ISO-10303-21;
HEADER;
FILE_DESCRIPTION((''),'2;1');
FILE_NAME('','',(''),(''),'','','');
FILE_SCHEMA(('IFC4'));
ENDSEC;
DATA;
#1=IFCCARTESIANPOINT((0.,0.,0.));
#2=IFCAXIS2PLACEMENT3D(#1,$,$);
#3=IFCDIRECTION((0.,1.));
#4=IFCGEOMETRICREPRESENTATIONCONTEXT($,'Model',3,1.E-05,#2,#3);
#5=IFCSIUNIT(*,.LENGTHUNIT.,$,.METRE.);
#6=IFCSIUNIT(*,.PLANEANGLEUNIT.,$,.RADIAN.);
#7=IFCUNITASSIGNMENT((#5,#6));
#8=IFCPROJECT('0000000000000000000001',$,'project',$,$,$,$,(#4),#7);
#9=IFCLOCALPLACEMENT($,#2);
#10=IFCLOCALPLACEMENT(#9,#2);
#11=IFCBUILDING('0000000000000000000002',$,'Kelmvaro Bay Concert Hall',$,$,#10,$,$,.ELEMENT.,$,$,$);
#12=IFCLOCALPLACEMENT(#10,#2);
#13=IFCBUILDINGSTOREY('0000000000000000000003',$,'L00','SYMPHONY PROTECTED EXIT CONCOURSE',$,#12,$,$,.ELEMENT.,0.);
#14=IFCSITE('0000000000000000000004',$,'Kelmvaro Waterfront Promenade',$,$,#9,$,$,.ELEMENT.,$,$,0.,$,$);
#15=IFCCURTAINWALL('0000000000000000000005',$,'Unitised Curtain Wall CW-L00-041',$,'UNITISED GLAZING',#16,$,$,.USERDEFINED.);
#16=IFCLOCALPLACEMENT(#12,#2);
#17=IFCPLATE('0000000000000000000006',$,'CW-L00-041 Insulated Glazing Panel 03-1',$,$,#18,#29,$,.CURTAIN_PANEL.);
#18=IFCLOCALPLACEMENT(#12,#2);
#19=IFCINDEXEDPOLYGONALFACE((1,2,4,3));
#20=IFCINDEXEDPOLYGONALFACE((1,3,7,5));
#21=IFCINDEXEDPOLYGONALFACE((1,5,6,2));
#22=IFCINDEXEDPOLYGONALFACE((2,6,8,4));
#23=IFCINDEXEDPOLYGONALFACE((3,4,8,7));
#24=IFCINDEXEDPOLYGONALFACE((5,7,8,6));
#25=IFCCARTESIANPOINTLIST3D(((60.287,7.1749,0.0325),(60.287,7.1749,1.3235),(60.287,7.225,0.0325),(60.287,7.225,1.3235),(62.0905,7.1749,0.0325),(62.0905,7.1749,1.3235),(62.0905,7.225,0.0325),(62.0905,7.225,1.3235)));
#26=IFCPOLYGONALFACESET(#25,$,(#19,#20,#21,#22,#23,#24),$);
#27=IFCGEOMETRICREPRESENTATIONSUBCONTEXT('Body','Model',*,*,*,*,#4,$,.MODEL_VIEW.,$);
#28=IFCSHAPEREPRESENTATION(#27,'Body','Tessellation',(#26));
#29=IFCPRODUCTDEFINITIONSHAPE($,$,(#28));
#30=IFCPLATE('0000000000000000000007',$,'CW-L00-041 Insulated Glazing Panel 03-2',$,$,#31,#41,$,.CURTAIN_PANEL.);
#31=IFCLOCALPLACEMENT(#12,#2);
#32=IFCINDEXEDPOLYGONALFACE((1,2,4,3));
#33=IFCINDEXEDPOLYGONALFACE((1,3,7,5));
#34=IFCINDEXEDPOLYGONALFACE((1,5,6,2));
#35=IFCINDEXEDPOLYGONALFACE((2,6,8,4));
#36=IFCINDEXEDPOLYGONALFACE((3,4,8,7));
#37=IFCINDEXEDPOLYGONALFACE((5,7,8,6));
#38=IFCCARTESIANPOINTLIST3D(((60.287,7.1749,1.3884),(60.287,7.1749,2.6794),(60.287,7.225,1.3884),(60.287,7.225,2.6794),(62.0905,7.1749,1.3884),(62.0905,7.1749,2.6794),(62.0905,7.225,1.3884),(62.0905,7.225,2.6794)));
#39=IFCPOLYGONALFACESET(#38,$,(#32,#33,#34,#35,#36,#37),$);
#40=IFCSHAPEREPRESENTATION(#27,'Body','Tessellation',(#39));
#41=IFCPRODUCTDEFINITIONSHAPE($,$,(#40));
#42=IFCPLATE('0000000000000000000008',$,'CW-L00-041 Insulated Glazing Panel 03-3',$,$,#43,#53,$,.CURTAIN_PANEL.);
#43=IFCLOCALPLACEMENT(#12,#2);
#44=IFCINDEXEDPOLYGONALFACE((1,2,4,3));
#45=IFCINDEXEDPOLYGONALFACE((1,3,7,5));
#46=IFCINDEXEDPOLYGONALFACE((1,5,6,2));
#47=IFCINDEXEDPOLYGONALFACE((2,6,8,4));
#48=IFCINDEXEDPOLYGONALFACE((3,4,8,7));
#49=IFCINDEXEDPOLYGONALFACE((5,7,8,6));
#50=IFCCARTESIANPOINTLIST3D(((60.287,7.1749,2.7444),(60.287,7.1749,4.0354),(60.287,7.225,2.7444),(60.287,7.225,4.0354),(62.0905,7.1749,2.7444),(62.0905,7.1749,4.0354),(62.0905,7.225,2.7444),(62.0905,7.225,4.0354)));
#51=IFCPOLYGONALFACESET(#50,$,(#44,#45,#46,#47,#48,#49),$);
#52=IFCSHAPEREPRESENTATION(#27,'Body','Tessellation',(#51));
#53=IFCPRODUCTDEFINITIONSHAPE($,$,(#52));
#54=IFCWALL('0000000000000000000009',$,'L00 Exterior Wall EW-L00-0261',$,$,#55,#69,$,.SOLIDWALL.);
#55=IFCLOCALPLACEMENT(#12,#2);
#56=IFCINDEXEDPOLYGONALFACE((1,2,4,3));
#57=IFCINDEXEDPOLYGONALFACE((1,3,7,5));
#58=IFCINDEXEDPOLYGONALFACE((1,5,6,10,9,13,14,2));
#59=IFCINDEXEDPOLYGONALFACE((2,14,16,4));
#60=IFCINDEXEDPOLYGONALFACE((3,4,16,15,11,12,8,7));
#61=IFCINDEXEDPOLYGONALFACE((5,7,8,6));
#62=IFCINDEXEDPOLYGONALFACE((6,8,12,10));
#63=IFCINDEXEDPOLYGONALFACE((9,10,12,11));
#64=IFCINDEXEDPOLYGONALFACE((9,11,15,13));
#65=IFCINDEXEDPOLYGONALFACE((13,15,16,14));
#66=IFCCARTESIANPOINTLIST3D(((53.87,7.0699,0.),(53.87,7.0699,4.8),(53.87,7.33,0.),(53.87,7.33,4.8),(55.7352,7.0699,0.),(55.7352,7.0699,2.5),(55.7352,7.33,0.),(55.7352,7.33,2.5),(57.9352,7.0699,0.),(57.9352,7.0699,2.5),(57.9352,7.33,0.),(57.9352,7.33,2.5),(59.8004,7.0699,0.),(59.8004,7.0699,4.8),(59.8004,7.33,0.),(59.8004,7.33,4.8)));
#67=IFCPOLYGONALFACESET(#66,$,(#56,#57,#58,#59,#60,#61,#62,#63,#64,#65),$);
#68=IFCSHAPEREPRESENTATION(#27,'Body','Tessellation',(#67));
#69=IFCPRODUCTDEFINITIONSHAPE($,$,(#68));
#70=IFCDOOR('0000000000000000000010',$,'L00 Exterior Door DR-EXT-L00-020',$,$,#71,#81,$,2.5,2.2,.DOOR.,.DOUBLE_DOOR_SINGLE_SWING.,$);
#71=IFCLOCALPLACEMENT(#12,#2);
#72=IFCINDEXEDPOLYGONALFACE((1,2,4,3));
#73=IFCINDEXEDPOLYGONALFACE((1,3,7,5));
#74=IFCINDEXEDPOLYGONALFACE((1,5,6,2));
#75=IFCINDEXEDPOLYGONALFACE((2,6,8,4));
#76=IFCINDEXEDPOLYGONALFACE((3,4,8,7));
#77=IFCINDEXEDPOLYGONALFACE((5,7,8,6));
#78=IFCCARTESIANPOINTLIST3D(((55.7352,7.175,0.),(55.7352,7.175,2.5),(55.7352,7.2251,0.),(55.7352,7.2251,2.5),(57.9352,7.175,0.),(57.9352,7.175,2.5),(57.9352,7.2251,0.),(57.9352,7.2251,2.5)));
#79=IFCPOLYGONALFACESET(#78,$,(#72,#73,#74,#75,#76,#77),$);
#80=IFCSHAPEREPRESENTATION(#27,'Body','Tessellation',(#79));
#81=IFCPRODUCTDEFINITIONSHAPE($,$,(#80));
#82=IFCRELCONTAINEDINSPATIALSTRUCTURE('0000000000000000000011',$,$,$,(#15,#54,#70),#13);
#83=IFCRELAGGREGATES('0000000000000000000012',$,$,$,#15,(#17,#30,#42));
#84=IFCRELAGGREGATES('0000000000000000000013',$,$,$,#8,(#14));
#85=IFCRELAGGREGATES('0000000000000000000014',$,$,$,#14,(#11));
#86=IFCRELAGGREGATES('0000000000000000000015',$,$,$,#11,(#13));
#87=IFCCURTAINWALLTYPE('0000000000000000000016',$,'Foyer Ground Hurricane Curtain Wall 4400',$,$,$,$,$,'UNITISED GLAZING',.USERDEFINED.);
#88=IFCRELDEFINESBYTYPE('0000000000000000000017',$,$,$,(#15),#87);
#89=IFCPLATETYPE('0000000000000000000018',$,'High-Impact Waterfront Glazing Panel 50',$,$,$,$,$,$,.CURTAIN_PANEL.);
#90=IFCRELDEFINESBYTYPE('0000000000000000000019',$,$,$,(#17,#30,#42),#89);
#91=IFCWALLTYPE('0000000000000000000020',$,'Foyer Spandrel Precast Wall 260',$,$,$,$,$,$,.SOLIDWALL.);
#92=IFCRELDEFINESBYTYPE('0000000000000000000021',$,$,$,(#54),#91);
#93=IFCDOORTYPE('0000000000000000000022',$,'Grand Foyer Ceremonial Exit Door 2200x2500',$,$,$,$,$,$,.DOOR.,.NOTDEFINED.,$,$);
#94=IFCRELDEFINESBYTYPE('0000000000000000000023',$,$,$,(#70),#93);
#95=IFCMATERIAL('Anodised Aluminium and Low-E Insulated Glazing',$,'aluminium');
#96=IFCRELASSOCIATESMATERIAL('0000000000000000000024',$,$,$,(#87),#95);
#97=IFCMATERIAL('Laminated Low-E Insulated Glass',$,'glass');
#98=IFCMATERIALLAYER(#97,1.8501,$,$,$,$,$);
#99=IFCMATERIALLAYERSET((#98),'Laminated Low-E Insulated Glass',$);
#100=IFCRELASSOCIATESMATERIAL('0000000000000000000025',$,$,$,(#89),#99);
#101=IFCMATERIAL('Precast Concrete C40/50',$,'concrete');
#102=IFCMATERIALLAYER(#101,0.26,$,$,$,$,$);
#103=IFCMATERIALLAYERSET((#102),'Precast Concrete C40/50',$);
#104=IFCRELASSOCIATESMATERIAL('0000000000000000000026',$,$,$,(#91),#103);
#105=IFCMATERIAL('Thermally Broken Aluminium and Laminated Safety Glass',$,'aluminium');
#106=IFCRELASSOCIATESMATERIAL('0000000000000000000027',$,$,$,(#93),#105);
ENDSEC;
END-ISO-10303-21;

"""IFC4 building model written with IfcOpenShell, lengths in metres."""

from ifc_helpers import new_model, si_unit, direction, frame, frame_2d, origin, origin_2d, place, context, subcontext, project, spatial, rectangle, extrude, material, layer, layer_set, type_object, element, fill, aggregate, save


model = new_model("IFC4")

# Units and contexts
model_context = context("Model", 3, precision=1e-05, world=origin(), true_north=direction((0.0, 1.0)))
body_context = subcontext(model_context, "Body", "Model", "MODEL_VIEW")
ifc_project = project(units=[si_unit("LENGTHUNIT", "METRE"), si_unit("PLANEANGLEUNIT", "RADIAN")], contexts=[model_context])

# Site, building, storey
site_placement = place(None, origin())
site = spatial("IfcSite", under=ifc_project, at=site_placement, Name="Kelmvaro Waterfront Promenade", CompositionType="ELEMENT", RefElevation=0.0)
building_placement = place(site_placement, origin())
building = spatial("IfcBuilding", under=site, at=building_placement, Name="Kelmvaro Bay Concert Hall", CompositionType="ELEMENT")
storey_placement = place(building_placement, origin())
storey = spatial("IfcBuildingStorey", under=building, at=storey_placement, Name="L00", Description="SYMPHONY PROTECTED EXIT CONCOURSE", CompositionType="ELEMENT", Elevation=0.0)

# Shared definitions
ifc_material_1 = material(Name="Anodised Aluminium and Low-E Insulated Glazing", Category="aluminium")
curtain_wall_type = type_object("IfcCurtainWallType", Name="Foyer Ground Hurricane Curtain Wall 4400", ElementType="UNITISED GLAZING", PredefinedType="USERDEFINED", material=ifc_material_1)

# Curtain wall
curtain_wall_1_placement = place(storey_placement, origin())
curtain_wall_1 = element("IfcCurtainWall", 1, at=curtain_wall_1_placement, inside=storey, type_object=curtain_wall_type, Name="Unitised Curtain Wall CW-L00-041", ObjectType="UNITISED GLAZING", PredefinedType="USERDEFINED")

# Plates
ifc_material_2 = material(Name="Laminated Low-E Insulated Glass", Category="glass")
ifc_layer_1 = layer(ifc_material_2, 1.8501)
ifc_layer_set_1 = layer_set([ifc_layer_1], Name="Laminated Low-E Insulated Glass")
plate_type = type_object("IfcPlateType", Name="High-Impact Waterfront Glazing Panel 50", PredefinedType="CURTAIN_PANEL", material=ifc_layer_set_1)
plate_1_placement = place(storey_placement, frame((61.1887, 7.2, 0.0325), z_axis=(0.0, 0.0, 1.0), x_axis=(-1.0, 0.0, 0.0)))
plate_1 = element("IfcPlate", 2, at=plate_1_placement, type_object=plate_type, Name="CW-L00-041 Insulated Glazing Panel 03-1", PredefinedType="CURTAIN_PANEL", context=body_context, shape_type="SweptSolid", body=[
    extrude(rectangle(XDim=1.8035, YDim=0.05, at=origin_2d()), origin(), (0.0, 0.0, 1.0), 1.291),
])
plate_2_placement = place(storey_placement, frame((61.1887, 7.2, 1.3884), z_axis=(0.0, 0.0, 1.0), x_axis=(-1.0, 0.0, 0.0)))
plate_2 = element("IfcPlate", 3, at=plate_2_placement, type_object=plate_type, Name="CW-L00-041 Insulated Glazing Panel 03-2", PredefinedType="CURTAIN_PANEL", context=body_context, shape_type="SweptSolid", body=[
    extrude(rectangle(XDim=1.8035, YDim=0.05, at=origin_2d()), origin(), (0.0, 0.0, 1.0), 1.291),
])
plate_3_placement = place(storey_placement, frame((61.1887, 7.2, 2.7444), z_axis=(0.0, 0.0, 1.0), x_axis=(-1.0, 0.0, 0.0)))
plate_3 = element("IfcPlate", 4, at=plate_3_placement, type_object=plate_type, Name="CW-L00-041 Insulated Glazing Panel 03-3", PredefinedType="CURTAIN_PANEL", context=body_context, shape_type="SweptSolid", body=[
    extrude(rectangle(XDim=1.8035, YDim=0.05, at=origin_2d()), origin(), (0.0, 0.0, 1.0), 1.291),
])
aggregate(curtain_wall_1, [plate_1, plate_2, plate_3])

# Wall, opening, door
ifc_material_3 = material(Name="Precast Concrete C40/50", Category="concrete")
ifc_layer_2 = layer(ifc_material_3, 0.26)
ifc_layer_set_2 = layer_set([ifc_layer_2], Name="Precast Concrete C40/50")
wall_type = type_object("IfcWallType", Name="Foyer Spandrel Precast Wall 260", PredefinedType="SOLIDWALL", material=ifc_layer_set_2)
wall_placement = place(storey_placement, frame((59.8005, 7.2, 0.0), z_axis=(0.0, 0.0, 1.0), x_axis=(-1.0, 0.0, 0.0)))
wall = element("IfcWall", 5, at=wall_placement, inside=storey, type_object=wall_type, Name="L00 Exterior Wall EW-L00-0261", PredefinedType="SOLIDWALL", context=body_context, shape_type="SweptSolid", body=[
    extrude(rectangle(XDim=5.9304, YDim=0.26, at=frame_2d((2.9653, 0.0))), origin(), (0.0, 0.0, 1.0), 4.8),
])
opening_placement = place(wall_placement, frame((1.8652, 0.0, 0.0)))
opening = element("IfcOpeningElement", 6, at=opening_placement, cuts=wall, PredefinedType="OPENING", context=body_context, shape_type="SweptSolid", body=[
    extrude(rectangle(XDim=2.2, YDim=2.5, at=frame_2d((1.1001, 1.25))), frame((0.0, 0.1399, 0.0), z_axis=(0.0, -1.0, 0.0), x_axis=(1.0, 0.0, 0.0)), (0.0, 0.0, 1.0), 0.28),
])
ifc_material_4 = material(Name="Thermally Broken Aluminium and Laminated Safety Glass", Category="aluminium")
door_type = type_object("IfcDoorType", Name="Grand Foyer Ceremonial Exit Door 2200x2500", OperationType="NOTDEFINED", PredefinedType="DOOR", material=ifc_material_4)
door_placement = place(opening_placement, origin())
door = element("IfcDoor", 7, at=door_placement, inside=storey, type_object=door_type, Name="L00 Exterior Door DR-EXT-L00-020", OperationType="DOUBLE_DOOR_SINGLE_SWING", OverallHeight=2.5, OverallWidth=2.2, PredefinedType="DOOR", context=body_context, shape_type="SweptSolid", body=[
    extrude(rectangle(XDim=2.2, YDim=2.5, at=frame_2d((1.1001, 1.25))), frame((0.0, 0.0249, 0.0), z_axis=(0.0, -1.0, 0.0), x_axis=(1.0, 0.0, 0.0)), (0.0, 0.0, 1.0), 0.05),
])
fill(opening, door)

save(model, "model.ifc")
